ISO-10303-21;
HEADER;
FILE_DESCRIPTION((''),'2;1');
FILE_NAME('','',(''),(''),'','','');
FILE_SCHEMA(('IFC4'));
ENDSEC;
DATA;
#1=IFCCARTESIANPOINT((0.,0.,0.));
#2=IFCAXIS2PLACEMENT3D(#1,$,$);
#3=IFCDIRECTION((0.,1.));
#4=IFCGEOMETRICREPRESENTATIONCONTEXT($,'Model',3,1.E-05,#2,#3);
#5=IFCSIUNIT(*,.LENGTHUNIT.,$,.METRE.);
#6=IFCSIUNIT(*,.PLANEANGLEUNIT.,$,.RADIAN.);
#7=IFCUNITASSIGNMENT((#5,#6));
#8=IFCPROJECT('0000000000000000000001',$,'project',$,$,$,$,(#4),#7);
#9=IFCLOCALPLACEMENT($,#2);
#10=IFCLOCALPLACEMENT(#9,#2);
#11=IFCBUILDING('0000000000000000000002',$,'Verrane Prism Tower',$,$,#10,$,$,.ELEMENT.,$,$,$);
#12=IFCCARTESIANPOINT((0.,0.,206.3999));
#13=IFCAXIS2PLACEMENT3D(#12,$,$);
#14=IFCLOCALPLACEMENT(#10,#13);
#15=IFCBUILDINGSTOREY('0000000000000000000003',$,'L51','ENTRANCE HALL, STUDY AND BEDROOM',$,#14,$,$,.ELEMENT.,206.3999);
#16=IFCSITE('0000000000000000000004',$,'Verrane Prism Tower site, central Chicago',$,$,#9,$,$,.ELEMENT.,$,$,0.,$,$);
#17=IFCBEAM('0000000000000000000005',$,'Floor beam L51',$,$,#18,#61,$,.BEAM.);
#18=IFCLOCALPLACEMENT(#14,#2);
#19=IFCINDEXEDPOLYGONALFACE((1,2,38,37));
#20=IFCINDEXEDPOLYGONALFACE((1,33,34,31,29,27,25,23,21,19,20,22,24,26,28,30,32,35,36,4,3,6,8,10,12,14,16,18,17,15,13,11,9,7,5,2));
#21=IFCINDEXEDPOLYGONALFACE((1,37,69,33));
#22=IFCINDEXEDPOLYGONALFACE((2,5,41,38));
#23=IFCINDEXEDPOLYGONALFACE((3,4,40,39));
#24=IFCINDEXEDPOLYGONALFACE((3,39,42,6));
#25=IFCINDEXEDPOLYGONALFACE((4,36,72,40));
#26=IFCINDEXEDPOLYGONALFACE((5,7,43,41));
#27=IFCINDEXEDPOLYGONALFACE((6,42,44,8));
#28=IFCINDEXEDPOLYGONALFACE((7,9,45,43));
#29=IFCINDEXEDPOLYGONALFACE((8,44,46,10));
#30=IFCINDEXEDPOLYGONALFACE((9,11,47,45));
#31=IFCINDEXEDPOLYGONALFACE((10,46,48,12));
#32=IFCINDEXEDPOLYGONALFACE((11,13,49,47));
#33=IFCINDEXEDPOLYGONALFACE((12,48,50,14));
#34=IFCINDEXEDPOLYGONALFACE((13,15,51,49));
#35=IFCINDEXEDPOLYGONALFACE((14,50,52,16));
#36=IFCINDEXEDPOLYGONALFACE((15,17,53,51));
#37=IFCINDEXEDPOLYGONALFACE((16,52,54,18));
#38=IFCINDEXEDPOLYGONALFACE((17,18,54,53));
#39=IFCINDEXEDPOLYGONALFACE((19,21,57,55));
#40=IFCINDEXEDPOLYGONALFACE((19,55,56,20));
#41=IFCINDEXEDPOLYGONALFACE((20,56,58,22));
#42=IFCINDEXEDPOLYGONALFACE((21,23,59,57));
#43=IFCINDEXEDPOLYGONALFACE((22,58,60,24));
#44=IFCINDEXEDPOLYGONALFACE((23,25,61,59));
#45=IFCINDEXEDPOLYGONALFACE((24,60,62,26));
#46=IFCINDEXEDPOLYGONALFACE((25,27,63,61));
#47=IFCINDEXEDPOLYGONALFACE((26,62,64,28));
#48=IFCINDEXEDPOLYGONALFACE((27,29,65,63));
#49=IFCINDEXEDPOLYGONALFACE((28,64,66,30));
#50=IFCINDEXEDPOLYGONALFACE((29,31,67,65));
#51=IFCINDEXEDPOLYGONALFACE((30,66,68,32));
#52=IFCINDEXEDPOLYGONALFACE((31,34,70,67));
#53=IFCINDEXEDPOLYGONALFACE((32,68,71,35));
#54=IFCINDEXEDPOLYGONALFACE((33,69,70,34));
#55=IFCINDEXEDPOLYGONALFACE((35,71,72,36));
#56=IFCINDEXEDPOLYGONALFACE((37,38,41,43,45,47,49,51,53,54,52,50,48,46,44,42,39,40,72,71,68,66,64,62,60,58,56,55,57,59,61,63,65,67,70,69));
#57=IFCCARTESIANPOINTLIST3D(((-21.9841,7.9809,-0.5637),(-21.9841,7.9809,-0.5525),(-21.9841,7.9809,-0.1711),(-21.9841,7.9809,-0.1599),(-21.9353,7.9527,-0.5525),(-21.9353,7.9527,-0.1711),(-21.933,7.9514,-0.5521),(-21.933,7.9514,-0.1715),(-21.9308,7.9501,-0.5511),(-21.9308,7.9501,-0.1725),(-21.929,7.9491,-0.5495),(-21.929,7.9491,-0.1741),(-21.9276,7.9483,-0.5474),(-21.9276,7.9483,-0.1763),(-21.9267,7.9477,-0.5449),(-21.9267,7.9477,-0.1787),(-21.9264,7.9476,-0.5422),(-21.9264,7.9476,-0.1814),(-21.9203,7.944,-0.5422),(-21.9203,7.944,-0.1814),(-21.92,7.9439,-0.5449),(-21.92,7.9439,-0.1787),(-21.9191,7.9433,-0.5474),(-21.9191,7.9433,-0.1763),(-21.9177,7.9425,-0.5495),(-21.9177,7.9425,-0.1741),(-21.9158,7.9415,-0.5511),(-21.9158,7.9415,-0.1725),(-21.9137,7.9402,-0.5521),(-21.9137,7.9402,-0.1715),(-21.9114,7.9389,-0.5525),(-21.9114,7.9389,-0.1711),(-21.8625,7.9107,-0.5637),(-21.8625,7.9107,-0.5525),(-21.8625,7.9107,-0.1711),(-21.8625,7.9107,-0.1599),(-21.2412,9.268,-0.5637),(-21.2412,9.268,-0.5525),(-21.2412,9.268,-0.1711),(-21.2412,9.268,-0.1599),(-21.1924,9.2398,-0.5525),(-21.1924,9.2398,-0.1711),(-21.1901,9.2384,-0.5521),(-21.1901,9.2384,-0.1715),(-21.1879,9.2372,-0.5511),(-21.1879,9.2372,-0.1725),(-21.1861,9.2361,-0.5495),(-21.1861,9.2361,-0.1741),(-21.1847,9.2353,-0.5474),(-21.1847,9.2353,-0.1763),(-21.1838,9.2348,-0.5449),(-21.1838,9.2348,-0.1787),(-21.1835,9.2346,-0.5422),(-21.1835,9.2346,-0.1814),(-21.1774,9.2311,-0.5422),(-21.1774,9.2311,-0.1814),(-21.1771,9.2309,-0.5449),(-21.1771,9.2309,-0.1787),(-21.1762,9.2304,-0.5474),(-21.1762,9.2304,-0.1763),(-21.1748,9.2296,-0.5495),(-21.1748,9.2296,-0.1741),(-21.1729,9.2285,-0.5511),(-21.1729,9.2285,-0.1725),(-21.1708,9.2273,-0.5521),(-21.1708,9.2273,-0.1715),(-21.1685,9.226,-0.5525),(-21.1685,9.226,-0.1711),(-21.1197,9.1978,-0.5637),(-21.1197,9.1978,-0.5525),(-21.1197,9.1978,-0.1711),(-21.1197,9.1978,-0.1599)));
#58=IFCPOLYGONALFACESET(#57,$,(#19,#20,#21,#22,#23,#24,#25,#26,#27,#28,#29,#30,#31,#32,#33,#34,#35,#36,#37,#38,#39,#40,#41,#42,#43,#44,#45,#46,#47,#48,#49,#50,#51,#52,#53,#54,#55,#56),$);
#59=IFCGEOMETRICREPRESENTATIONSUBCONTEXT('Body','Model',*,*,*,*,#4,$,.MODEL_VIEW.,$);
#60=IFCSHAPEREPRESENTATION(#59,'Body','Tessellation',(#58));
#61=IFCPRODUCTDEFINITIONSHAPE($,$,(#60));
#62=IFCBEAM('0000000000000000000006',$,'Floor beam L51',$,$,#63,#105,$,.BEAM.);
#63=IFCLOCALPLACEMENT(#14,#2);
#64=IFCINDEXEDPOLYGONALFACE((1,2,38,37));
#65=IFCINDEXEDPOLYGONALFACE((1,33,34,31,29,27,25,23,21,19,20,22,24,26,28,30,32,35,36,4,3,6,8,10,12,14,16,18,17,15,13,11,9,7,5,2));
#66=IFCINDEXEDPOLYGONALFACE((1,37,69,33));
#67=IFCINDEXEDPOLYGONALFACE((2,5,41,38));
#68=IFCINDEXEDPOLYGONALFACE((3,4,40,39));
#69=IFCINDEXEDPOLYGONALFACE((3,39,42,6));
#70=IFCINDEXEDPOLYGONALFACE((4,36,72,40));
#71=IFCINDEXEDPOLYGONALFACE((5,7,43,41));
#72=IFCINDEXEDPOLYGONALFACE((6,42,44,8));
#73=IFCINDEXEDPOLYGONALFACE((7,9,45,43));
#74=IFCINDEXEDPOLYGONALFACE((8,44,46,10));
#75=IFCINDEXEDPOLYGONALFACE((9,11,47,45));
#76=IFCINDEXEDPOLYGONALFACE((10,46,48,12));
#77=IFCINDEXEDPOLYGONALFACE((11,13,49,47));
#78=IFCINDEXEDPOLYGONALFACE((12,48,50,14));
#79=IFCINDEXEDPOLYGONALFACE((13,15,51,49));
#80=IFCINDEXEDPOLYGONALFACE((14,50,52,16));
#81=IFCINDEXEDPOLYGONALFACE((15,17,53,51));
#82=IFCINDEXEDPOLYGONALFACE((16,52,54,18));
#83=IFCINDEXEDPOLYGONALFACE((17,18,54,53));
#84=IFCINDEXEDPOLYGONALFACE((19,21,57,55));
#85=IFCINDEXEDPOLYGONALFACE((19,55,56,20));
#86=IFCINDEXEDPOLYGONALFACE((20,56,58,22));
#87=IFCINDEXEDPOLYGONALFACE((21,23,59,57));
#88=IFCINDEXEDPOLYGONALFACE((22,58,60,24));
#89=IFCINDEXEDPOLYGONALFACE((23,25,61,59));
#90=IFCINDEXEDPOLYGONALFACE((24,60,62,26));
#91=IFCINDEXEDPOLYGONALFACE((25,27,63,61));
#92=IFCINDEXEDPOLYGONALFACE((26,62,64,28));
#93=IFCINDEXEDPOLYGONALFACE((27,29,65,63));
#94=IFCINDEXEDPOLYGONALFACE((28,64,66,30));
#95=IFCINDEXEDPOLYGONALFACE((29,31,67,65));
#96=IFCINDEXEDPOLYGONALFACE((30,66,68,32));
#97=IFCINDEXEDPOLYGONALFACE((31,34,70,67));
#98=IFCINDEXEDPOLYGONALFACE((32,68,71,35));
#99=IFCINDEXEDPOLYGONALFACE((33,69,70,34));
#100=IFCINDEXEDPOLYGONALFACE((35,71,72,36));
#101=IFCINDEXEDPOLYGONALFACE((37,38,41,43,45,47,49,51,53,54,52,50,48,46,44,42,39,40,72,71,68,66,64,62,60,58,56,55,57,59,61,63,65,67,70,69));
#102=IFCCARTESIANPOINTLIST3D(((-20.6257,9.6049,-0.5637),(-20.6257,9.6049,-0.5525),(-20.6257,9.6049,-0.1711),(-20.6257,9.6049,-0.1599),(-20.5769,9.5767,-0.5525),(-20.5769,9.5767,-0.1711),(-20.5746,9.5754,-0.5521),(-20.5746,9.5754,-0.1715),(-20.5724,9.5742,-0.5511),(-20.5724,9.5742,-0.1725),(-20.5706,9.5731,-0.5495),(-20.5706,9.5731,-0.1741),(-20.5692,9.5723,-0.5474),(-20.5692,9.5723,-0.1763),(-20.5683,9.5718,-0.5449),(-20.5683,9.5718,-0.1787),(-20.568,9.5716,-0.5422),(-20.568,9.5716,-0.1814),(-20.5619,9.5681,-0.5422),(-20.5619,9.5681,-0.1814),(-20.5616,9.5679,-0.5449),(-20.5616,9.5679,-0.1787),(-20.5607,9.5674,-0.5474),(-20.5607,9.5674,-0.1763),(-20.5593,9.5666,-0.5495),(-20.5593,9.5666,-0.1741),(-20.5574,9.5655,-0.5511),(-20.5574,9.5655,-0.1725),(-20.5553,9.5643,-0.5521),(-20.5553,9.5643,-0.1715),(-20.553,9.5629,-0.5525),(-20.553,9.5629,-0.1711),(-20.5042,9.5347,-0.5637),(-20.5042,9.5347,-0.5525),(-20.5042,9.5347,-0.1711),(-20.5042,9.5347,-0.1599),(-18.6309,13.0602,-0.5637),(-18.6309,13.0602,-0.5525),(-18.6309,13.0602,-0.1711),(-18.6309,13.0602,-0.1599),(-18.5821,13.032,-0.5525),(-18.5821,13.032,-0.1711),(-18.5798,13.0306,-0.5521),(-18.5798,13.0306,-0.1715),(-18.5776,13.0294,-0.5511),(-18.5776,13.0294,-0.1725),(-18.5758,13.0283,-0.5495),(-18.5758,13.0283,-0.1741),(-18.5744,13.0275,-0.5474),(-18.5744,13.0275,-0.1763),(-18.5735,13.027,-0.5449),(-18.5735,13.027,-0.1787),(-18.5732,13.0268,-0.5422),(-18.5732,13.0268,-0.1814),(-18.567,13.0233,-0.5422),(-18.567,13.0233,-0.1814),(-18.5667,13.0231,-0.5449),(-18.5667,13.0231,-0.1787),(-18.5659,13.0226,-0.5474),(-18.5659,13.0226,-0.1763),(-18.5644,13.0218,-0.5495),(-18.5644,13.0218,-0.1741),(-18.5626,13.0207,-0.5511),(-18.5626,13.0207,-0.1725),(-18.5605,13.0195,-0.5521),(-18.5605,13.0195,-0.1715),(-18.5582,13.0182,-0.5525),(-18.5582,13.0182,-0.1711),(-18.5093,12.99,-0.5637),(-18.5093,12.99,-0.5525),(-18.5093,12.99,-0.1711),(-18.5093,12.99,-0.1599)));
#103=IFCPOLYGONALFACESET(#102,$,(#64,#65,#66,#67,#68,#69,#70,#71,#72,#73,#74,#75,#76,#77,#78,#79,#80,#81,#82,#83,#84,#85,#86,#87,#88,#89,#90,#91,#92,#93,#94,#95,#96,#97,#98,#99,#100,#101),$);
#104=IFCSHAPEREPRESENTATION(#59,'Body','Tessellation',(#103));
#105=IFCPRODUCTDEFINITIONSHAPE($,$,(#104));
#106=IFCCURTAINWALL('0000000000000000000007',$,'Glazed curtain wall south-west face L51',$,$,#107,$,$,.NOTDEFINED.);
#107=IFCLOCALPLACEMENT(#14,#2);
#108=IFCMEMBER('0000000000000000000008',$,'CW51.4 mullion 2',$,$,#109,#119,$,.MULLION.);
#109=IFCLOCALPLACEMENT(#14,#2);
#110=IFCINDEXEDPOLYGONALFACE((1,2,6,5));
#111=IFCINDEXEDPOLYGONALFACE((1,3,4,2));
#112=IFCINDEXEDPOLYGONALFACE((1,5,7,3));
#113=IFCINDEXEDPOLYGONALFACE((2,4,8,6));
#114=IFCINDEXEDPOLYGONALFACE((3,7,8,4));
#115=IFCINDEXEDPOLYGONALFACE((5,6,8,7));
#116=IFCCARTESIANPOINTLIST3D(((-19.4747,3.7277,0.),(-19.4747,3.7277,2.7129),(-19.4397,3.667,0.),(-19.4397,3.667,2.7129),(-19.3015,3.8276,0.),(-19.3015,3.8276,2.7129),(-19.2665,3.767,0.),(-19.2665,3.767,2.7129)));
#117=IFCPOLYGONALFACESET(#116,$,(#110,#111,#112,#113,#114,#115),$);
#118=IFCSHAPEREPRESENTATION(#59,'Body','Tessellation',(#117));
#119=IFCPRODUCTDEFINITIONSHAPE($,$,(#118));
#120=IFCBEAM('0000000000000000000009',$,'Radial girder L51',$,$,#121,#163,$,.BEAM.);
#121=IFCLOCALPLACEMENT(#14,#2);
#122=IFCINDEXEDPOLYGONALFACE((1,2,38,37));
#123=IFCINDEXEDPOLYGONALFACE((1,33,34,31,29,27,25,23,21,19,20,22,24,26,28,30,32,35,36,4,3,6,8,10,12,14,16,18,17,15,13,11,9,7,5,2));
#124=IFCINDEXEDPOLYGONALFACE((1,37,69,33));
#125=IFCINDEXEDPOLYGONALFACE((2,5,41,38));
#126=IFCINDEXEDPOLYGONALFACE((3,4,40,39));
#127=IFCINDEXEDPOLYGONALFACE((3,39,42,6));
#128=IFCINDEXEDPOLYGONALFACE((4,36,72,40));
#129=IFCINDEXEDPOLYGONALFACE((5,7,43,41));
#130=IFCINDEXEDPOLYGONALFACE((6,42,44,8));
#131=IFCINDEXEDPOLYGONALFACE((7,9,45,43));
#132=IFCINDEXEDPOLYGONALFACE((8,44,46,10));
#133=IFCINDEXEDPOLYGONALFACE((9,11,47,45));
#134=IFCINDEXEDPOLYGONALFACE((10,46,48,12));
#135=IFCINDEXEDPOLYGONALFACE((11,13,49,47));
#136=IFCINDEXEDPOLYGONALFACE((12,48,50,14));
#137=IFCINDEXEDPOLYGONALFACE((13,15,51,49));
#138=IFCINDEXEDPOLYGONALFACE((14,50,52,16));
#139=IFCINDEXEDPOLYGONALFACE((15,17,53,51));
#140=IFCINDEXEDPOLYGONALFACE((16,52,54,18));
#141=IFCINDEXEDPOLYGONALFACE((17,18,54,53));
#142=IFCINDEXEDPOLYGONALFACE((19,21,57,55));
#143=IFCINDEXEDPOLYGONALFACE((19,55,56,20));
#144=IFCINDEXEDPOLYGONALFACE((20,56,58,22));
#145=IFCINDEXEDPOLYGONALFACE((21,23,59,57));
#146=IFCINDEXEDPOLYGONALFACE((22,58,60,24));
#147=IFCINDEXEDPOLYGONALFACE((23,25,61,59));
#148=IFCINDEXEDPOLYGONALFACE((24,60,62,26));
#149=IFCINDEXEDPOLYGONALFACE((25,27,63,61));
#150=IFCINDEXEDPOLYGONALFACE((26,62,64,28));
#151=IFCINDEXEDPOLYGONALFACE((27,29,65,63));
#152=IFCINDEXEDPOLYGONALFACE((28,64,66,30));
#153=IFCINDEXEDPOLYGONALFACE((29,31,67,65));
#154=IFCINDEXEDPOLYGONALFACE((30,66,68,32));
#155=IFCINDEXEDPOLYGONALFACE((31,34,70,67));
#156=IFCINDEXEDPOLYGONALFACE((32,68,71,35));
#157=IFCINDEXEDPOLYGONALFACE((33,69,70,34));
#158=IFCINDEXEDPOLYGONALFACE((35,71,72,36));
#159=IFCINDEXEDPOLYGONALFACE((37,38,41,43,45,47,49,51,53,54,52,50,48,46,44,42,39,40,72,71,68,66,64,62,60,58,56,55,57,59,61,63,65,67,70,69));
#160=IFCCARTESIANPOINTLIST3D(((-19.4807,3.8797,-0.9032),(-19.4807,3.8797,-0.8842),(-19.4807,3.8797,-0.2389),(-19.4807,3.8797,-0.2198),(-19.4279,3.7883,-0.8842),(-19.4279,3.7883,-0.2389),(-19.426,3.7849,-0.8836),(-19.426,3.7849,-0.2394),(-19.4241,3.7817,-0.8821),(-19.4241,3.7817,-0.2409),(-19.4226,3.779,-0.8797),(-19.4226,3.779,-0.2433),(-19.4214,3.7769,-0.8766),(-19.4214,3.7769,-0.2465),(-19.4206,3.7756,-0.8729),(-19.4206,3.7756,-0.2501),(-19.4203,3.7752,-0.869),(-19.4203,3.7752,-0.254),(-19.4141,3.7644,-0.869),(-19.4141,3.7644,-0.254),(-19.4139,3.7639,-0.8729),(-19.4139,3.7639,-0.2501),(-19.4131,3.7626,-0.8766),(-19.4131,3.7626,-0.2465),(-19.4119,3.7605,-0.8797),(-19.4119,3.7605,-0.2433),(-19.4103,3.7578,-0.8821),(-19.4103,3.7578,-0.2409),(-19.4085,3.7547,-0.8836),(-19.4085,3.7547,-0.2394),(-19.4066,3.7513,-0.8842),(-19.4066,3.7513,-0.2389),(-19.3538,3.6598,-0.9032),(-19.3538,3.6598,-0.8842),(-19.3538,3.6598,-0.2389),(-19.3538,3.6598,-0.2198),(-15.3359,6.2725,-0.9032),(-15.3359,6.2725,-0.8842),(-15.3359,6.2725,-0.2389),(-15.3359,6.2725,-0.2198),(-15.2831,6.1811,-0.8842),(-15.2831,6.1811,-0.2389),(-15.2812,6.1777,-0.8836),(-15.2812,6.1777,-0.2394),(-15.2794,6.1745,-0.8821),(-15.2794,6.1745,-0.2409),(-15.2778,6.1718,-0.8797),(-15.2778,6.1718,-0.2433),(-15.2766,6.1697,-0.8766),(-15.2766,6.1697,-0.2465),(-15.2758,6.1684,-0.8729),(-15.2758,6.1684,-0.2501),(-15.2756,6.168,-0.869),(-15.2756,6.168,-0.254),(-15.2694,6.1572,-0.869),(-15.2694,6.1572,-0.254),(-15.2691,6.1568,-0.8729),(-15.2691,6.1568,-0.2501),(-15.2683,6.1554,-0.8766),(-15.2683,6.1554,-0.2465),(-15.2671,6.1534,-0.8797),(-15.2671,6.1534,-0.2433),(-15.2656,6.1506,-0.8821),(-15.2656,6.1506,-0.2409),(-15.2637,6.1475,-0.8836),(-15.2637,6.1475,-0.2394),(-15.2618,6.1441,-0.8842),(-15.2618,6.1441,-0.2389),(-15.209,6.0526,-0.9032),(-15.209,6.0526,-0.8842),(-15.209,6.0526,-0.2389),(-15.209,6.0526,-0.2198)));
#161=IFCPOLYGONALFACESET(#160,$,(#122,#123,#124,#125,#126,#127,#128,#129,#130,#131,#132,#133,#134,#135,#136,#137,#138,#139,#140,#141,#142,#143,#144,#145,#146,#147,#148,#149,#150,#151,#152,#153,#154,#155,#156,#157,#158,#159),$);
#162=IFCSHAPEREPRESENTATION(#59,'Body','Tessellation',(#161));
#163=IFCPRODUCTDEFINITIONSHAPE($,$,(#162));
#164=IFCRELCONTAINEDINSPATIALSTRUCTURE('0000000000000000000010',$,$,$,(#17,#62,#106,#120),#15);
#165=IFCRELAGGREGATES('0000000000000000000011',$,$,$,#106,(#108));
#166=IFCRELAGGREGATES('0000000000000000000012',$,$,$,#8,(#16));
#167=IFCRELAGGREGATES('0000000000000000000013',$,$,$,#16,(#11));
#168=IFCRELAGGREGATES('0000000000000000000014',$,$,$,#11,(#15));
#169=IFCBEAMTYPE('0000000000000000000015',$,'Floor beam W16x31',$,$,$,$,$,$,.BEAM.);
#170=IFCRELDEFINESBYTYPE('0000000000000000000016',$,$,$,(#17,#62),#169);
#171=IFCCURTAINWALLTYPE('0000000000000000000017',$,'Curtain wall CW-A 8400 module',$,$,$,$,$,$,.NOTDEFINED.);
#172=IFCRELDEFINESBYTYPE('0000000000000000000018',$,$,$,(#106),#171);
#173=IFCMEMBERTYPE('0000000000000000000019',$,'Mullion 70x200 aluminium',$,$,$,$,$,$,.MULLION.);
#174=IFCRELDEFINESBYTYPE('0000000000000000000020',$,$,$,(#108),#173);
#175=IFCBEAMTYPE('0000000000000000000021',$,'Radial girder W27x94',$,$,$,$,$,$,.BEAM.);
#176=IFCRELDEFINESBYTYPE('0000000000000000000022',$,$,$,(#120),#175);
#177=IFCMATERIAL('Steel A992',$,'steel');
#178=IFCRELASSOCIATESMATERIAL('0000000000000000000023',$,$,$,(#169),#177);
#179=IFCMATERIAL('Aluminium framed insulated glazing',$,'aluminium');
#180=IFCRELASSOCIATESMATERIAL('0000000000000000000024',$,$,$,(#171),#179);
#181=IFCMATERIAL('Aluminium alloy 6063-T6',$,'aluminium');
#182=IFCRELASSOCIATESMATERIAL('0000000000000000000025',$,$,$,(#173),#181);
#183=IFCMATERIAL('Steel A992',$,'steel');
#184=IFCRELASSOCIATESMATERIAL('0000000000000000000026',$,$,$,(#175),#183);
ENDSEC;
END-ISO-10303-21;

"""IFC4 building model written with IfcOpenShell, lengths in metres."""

from ifc_helpers import new_model, si_unit, direction, frame, origin, origin_2d, place, context, subcontext, project, spatial, rectangle, i_section, extrude, material, material_profile, profile_set, type_object, element, aggregate, save


model = new_model("IFC4")

# Units and contexts
model_context = context("Model", 3, precision=1e-05, world=origin(), true_north=direction((0.0, 1.0)))
body_context = subcontext(model_context, "Body", "Model", "MODEL_VIEW")
ifc_project = project(units=[si_unit("LENGTHUNIT", "METRE"), si_unit("PLANEANGLEUNIT", "RADIAN")], contexts=[model_context])

# Site, building, storey
site_placement = place(None, origin())
site = spatial("IfcSite", under=ifc_project, at=site_placement, Name="Verrane Prism Tower site, central Chicago", CompositionType="ELEMENT", RefElevation=0.0)
building_placement = place(site_placement, origin())
building = spatial("IfcBuilding", under=site, at=building_placement, Name="Verrane Prism Tower", CompositionType="ELEMENT")
storey_placement = place(building_placement, frame((0.0, 0.0, 206.3999)))
storey = spatial("IfcBuildingStorey", under=building, at=storey_placement, Name="L51", Description="ENTRANCE HALL, STUDY AND BEDROOM", CompositionType="ELEMENT", Elevation=206.3999)

# Beams
ifc_material_1 = material(Name="Steel A992", Category="steel")
ifc_material_profile_1 = material_profile(ifc_material_1, i_section(OverallWidth=0.1404, OverallDepth=0.4038, WebThickness=0.0071, FlangeThickness=0.0112, FilletRadius=0.0103, at=origin_2d()), Name="W16x31")
ifc_profile_set_1 = profile_set([ifc_material_profile_1], Name="Steel A992")
beam_type_1 = type_object("IfcBeamType", Name="Floor beam W16x31", PredefinedType="BEAM", material=ifc_profile_set_1)
beam_1_placement = place(storey_placement, frame((-21.9233, 7.9458, -0.3618), z_axis=(0.499903, 0.866082, 0.0), x_axis=(-0.866082, 0.499903, 0.0)))
element("IfcBeam", 1, at=beam_1_placement, inside=storey, type_object=beam_type_1, Name="Floor beam L51", PredefinedType="BEAM", context=body_context, shape_type="SweptSolid", body=[
    extrude(i_section(OverallWidth=0.1404, OverallDepth=0.4038, WebThickness=0.0071, FlangeThickness=0.0112, FilletRadius=0.0103, at=origin_2d()), origin(), (0.0, 0.0, 1.0), 1.4861),
])
beam_2_placement = place(storey_placement, frame((-20.5649, 9.5698, -0.3618), z_axis=(0.499989, 0.866032, 0.0), x_axis=(-0.866032, 0.499989, 0.0)))
element("IfcBeam", 2, at=beam_2_placement, inside=storey, type_object=beam_type_1, Name="Floor beam L51", PredefinedType="BEAM", context=body_context, shape_type="SweptSolid", body=[
    extrude(i_section(OverallWidth=0.1404, OverallDepth=0.4038, WebThickness=0.0071, FlangeThickness=0.0112, FilletRadius=0.0103, at=origin_2d()), origin(), (0.0, 0.0, 1.0), 3.9897),
])

# Curtain wall, member
ifc_material_2 = material(Name="Aluminium framed insulated glazing", Category="aluminium")
curtain_wall_type = type_object("IfcCurtainWallType", Name="Curtain wall CW-A 8400 module", PredefinedType="NOTDEFINED", material=ifc_material_2)
curtain_wall_placement = place(storey_placement, origin())
curtain_wall = element("IfcCurtainWall", 3, at=curtain_wall_placement, inside=storey, type_object=curtain_wall_type, Name="Glazed curtain wall south-west face L51", PredefinedType="NOTDEFINED")
ifc_material_3 = material(Name="Aluminium alloy 6063-T6", Category="aluminium")
ifc_material_profile_2 = material_profile(ifc_material_3, rectangle(XDim=0.2, YDim=0.0701, at=origin_2d()), Name="Mullion 70x200 aluminium")
ifc_profile_set_2 = profile_set([ifc_material_profile_2], Name="Aluminium alloy 6063-T6")
member_type_1 = type_object("IfcMemberType", Name="Mullion 70x200 aluminium", PredefinedType="MULLION", material=ifc_profile_set_2)
member_1_placement = place(storey_placement, frame((-19.3706, 3.7473, 0.0), z_axis=(0.0, 0.0, 1.0), x_axis=(0.866026, 0.499999, 0.0)))
member_1 = element("IfcMember", 4, at=member_1_placement, type_object=member_type_1, Name="CW51.4 mullion 2", PredefinedType="MULLION", context=body_context, shape_type="SweptSolid", body=[
    extrude(rectangle(XDim=0.2, YDim=0.0701, at=origin_2d()), origin(), (0.0, 0.0, 1.0), 2.7129),
])

# Beam
ifc_material_4 = material(Name="Steel A992", Category="steel")
ifc_material_profile_3 = material_profile(ifc_material_4, i_section(OverallWidth=0.2539, OverallDepth=0.6833, WebThickness=0.0125, FlangeThickness=0.019, FilletRadius=0.0151, at=origin_2d()), Name="W27x94")
ifc_profile_set_3 = profile_set([ifc_material_profile_3], Name="Steel A992")
beam_type_2 = type_object("IfcBeamType", Name="Radial girder W27x94", PredefinedType="BEAM", material=ifc_profile_set_3)
beam_3_placement = place(storey_placement, frame((-19.4172, 3.7698, -0.5615), z_axis=(0.86604, 0.499974, 0.0), x_axis=(-0.499974, 0.86604, 0.0)))
element("IfcBeam", 5, at=beam_3_placement, inside=storey, type_object=beam_type_2, Name="Radial girder L51", PredefinedType="BEAM", context=body_context, shape_type="SweptSolid", body=[
    extrude(i_section(OverallWidth=0.2539, OverallDepth=0.6833, WebThickness=0.0125, FlangeThickness=0.019, FilletRadius=0.0151, at=origin_2d()), origin(), (0.0, 0.0, 1.0), 4.7859),
])

aggregate(curtain_wall, [member_1])

save(model, "model.ifc")
